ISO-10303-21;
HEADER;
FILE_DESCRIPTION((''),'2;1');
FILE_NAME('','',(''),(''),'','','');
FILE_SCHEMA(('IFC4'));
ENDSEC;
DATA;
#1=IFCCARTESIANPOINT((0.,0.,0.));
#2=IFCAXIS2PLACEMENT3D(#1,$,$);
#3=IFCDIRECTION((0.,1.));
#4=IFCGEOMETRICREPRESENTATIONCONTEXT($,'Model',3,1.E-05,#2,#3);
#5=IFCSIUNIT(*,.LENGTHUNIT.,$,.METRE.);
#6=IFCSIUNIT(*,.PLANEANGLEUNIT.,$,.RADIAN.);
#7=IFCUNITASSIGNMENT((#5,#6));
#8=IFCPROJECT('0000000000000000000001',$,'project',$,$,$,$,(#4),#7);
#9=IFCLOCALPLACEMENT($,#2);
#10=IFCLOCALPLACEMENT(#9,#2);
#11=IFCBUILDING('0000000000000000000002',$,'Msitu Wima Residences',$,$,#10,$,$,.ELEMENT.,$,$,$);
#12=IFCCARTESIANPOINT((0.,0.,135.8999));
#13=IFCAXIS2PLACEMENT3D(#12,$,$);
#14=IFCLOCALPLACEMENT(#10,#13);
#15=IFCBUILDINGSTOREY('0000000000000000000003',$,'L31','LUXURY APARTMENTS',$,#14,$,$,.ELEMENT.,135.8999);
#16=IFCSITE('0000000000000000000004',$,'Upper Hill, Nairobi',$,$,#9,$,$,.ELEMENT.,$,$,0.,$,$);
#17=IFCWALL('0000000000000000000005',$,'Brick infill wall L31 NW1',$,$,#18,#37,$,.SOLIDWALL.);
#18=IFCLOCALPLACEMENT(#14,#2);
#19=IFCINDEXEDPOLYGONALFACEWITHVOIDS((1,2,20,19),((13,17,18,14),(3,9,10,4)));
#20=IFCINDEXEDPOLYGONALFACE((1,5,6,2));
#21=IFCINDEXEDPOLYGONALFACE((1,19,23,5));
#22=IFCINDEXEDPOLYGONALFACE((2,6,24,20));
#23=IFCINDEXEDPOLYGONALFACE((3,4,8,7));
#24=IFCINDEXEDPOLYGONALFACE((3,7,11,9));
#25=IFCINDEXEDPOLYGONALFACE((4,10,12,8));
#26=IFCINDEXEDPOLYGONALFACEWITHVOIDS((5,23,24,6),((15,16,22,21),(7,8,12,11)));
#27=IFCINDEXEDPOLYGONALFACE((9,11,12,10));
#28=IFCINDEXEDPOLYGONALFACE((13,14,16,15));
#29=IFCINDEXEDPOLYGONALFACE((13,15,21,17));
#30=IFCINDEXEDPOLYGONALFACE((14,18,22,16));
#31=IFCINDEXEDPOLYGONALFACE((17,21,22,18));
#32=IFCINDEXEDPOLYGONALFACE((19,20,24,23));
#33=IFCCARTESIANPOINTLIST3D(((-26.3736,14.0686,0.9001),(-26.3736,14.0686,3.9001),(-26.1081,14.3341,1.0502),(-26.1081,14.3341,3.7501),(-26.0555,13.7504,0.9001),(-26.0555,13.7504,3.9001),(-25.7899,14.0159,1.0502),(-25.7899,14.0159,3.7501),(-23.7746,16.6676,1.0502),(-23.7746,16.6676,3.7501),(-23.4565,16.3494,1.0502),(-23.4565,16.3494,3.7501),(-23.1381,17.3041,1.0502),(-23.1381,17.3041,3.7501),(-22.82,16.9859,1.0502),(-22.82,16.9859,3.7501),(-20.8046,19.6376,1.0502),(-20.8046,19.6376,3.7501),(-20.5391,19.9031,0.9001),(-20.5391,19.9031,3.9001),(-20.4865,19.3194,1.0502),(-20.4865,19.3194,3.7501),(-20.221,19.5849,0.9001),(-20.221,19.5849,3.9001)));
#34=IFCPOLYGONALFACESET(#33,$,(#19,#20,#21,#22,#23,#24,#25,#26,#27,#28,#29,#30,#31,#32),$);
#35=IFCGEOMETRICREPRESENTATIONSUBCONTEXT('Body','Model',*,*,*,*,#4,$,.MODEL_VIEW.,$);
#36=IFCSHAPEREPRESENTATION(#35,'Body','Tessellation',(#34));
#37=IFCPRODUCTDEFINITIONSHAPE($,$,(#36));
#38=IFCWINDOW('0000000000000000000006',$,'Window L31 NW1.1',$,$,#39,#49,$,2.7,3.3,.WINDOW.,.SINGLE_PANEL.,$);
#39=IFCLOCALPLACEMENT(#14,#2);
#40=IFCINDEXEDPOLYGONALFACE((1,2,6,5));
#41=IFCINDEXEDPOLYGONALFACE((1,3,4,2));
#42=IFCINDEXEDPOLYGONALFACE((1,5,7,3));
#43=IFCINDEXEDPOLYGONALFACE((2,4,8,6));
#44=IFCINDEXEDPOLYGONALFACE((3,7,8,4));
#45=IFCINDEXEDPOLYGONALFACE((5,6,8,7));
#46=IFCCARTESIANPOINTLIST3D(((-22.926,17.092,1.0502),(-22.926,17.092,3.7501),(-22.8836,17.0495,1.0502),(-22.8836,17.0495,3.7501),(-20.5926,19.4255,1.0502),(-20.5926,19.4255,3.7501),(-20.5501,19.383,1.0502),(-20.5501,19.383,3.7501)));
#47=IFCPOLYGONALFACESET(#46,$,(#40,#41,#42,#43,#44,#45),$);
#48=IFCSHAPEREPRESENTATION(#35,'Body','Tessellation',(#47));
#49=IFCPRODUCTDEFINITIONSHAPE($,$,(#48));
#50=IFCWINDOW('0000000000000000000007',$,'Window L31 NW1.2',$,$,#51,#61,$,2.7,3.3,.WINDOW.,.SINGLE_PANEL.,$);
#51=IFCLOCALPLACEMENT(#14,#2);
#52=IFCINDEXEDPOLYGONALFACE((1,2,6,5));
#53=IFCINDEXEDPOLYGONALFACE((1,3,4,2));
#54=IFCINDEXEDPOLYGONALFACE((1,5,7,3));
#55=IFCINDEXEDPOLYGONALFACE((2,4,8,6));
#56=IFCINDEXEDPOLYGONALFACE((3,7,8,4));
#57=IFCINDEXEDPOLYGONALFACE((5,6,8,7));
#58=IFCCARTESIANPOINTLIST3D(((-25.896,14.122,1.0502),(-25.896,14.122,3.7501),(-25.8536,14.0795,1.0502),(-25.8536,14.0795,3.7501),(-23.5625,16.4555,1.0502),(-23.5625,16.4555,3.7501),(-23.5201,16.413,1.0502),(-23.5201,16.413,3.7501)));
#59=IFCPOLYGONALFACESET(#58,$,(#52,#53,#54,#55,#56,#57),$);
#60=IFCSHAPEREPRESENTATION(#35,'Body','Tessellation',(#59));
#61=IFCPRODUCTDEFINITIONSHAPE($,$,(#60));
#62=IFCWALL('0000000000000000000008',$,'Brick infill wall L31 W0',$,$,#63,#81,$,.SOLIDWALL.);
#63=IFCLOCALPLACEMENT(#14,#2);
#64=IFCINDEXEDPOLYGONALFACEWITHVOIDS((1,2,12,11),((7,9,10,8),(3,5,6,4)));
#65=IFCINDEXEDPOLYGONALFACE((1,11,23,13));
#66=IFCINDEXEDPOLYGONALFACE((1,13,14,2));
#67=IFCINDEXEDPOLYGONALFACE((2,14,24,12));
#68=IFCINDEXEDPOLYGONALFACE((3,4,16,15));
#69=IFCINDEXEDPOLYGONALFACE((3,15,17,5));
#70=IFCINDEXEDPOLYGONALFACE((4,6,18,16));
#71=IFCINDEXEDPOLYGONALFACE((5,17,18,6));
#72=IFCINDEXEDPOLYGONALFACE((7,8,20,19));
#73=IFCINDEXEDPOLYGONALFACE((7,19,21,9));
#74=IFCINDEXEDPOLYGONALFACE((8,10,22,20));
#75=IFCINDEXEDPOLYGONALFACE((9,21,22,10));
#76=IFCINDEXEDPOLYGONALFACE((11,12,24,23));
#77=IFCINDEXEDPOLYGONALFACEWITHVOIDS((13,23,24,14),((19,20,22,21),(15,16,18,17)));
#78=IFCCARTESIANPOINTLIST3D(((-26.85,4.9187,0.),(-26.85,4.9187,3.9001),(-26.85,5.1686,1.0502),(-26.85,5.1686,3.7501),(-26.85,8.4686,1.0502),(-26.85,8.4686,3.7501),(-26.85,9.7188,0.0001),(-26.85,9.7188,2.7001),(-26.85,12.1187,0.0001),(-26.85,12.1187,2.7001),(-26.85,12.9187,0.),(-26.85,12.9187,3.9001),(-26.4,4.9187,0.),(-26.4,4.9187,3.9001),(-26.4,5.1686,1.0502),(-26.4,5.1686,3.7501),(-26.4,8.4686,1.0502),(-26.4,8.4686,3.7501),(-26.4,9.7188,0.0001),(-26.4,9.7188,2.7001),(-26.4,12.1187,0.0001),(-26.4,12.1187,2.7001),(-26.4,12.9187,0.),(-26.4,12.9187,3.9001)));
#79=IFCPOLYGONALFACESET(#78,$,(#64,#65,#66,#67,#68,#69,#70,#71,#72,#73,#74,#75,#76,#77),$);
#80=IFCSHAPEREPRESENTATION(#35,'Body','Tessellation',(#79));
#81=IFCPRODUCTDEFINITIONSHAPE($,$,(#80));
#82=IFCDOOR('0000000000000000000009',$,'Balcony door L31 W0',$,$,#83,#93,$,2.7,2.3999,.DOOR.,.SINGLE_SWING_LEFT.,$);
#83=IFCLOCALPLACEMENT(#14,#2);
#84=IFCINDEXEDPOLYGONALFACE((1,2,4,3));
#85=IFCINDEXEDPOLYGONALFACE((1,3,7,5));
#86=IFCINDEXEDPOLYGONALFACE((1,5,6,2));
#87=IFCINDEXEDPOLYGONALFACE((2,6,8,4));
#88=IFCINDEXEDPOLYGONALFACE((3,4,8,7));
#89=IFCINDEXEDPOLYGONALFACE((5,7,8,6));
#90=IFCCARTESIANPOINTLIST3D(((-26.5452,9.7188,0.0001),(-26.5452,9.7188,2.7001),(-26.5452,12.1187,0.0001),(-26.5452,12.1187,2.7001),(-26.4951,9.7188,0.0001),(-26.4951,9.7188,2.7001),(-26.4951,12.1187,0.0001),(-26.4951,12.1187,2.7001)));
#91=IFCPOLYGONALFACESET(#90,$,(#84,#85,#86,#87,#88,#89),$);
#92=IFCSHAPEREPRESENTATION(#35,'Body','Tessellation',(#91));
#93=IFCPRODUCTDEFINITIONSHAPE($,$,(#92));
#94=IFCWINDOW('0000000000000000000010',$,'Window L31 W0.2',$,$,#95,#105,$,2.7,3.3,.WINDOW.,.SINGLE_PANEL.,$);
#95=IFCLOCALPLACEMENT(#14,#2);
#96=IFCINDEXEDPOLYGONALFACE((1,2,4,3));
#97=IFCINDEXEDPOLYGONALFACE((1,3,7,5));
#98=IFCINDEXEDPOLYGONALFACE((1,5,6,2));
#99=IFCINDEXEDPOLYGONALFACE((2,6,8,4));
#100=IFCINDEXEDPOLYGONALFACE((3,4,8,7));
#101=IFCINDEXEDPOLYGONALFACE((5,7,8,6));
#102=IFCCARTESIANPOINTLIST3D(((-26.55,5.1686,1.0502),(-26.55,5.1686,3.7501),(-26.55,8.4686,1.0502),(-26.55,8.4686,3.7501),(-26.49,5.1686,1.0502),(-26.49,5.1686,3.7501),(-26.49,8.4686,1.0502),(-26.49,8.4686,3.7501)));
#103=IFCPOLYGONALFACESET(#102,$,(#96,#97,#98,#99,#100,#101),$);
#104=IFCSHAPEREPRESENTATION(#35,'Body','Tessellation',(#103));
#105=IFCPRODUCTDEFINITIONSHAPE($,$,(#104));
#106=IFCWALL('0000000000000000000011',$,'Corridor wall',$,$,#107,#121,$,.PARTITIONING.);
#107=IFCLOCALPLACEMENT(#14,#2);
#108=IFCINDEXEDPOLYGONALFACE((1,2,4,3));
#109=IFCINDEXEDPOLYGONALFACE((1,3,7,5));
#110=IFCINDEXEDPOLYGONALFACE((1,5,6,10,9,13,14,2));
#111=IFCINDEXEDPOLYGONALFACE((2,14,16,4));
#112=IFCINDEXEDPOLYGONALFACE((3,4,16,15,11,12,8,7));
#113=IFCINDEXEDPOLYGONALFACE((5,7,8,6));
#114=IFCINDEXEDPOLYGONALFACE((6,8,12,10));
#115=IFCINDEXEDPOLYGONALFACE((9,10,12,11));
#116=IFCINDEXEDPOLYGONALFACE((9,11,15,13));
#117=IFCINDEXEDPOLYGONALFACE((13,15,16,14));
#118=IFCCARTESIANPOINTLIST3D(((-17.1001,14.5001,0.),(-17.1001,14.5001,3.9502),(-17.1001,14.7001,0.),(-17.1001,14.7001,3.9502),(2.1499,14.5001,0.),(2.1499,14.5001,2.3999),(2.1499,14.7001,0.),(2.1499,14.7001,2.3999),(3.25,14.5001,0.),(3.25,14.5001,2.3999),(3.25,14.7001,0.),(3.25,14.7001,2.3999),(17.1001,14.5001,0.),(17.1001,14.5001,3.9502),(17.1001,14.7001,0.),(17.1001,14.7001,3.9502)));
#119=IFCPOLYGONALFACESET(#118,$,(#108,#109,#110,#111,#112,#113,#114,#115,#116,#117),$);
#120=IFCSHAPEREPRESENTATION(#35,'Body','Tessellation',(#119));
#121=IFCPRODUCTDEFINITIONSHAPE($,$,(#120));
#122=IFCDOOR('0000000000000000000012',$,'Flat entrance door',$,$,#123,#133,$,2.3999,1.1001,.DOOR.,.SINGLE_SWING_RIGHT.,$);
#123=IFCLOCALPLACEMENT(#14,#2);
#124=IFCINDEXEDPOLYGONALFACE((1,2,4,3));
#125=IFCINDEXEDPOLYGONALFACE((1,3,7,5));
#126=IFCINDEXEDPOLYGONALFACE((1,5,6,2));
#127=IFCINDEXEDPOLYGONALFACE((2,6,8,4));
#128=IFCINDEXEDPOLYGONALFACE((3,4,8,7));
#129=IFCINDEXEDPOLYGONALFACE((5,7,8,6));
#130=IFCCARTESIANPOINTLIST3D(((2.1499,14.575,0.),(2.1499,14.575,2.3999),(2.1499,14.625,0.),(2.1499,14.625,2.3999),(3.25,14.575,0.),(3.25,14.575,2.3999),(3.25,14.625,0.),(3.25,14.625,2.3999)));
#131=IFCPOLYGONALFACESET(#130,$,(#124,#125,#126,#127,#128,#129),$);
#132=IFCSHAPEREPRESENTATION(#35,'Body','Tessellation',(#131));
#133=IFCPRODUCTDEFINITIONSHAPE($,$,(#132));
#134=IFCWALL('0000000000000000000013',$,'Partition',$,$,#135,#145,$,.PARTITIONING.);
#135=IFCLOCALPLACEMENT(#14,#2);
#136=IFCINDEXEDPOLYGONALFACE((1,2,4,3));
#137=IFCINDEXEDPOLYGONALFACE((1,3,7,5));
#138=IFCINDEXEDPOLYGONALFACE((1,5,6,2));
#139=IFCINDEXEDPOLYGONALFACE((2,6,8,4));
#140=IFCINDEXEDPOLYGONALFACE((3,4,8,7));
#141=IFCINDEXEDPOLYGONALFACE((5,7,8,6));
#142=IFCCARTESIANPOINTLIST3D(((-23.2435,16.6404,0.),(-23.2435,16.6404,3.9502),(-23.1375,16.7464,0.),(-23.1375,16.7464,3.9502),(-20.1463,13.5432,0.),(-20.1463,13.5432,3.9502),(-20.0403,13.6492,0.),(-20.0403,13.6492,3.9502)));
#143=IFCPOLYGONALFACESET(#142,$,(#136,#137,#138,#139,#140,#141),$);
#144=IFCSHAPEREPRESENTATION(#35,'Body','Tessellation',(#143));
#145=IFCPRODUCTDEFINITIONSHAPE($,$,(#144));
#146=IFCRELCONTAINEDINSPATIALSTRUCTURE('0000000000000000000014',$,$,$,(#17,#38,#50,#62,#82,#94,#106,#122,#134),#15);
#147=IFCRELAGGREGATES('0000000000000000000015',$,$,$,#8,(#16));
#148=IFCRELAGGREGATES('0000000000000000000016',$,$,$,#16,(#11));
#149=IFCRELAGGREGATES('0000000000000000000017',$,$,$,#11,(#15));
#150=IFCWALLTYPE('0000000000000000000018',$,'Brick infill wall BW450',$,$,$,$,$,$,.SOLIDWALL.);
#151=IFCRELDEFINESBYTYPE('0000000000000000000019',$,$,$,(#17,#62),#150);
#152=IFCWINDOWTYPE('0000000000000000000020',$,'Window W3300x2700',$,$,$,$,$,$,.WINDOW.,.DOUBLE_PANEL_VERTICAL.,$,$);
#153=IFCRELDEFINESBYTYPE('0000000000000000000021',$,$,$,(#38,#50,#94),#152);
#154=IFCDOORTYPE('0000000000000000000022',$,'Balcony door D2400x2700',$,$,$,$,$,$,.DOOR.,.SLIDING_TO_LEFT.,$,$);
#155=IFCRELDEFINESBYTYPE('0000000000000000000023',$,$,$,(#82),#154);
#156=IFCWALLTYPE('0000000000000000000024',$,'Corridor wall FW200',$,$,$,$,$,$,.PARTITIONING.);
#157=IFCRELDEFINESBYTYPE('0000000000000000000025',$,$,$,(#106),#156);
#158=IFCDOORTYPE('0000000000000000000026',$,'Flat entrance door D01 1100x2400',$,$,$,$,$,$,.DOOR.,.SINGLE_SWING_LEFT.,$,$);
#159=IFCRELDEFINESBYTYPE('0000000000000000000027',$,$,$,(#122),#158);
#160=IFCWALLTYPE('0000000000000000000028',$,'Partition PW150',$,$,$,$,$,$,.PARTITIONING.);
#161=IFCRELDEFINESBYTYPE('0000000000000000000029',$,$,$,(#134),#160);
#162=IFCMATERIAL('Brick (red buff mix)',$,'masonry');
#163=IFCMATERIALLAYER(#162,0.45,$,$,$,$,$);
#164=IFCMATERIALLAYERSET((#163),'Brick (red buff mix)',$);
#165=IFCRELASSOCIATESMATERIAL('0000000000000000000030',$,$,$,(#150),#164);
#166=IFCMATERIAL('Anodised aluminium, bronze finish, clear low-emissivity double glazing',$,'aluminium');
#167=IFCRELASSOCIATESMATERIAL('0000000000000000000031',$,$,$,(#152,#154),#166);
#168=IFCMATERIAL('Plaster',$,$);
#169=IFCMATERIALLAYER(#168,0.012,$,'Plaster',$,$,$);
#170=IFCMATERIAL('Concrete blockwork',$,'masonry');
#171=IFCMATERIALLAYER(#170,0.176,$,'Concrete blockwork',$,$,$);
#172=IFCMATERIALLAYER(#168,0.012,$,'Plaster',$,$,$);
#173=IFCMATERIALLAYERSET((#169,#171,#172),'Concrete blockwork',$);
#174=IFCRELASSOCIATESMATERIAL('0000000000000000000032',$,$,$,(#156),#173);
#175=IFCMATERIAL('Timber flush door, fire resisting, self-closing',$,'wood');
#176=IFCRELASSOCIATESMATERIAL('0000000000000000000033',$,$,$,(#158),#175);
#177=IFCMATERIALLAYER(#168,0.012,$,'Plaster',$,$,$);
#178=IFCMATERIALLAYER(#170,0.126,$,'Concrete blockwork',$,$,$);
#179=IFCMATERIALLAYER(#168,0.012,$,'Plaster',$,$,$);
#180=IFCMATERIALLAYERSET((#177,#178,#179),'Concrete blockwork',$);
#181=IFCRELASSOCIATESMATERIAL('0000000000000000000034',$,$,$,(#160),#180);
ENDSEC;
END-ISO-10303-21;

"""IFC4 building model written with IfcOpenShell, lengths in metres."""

from ifc_helpers import new_model, si_unit, direction, frame, frame_2d, origin, place, context, subcontext, project, spatial, rectangle, extrude, material, layer, layer_set, type_object, element, fill, save


model = new_model("IFC4")

# Units and contexts
model_context = context("Model", 3, precision=1e-05, world=origin(), true_north=direction((0.0, 1.0)))
body_context = subcontext(model_context, "Body", "Model", "MODEL_VIEW")
ifc_project = project(units=[si_unit("LENGTHUNIT", "METRE"), si_unit("PLANEANGLEUNIT", "RADIAN")], contexts=[model_context])

# Site, building, storey
site_placement = place(None, origin())
site = spatial("IfcSite", under=ifc_project, at=site_placement, Name="Upper Hill, Nairobi", CompositionType="ELEMENT", RefElevation=0.0)
building_placement = place(site_placement, origin())
building = spatial("IfcBuilding", under=site, at=building_placement, Name="Msitu Wima Residences", CompositionType="ELEMENT")
storey_placement = place(building_placement, frame((0.0, 0.0, 135.8999)))
storey = spatial("IfcBuildingStorey", under=building, at=storey_placement, Name="L31", Description="LUXURY APARTMENTS", CompositionType="ELEMENT", Elevation=135.8999)

# Wall, openings, windows
ifc_material_1 = material(Name="Brick (red buff mix)", Category="masonry")
ifc_layer_1 = layer(ifc_material_1, 0.45)
ifc_layer_set_1 = layer_set([ifc_layer_1], Name="Brick (red buff mix)")
wall_type_1 = type_object("IfcWallType", Name="Brick infill wall BW450", PredefinedType="SOLIDWALL", material=ifc_layer_set_1)
wall_1_placement = place(storey_placement, frame((-20.3801, 19.7439, 0.9001), z_axis=(0.0, 0.0, 1.0), x_axis=(-0.707107, -0.707107, 0.0)))
wall_1 = element("IfcWall", 1, at=wall_1_placement, inside=storey, type_object=wall_type_1, Name="Brick infill wall L31 NW1", PredefinedType="SOLIDWALL", context=body_context, shape_type="SweptSolid", body=[
    extrude(rectangle(XDim=8.2512, YDim=0.45, at=frame_2d((4.1255, 0.0))), origin(), (0.0, 0.0, 1.0), 3.0),
])
opening_1_placement = place(wall_1_placement, frame((0.3755, 0.0, 0.1499)))
opening_1 = element("IfcOpeningElement", 2, at=opening_1_placement, cuts=wall_1, PredefinedType="OPENING", context=body_context, shape_type="SweptSolid", body=[
    extrude(rectangle(XDim=3.3, YDim=2.7, at=frame_2d((1.6499, 1.3501))), frame((0.0, 0.2349, 0.0), z_axis=(0.0, -1.0, 0.0), x_axis=(1.0, 0.0, 0.0)), (0.0, 0.0, 1.0), 0.47),
])
opening_2_placement = place(wall_1_placement, frame((4.5757, 0.0, 0.1499)))
opening_2 = element("IfcOpeningElement", 3, at=opening_2_placement, cuts=wall_1, PredefinedType="OPENING", context=body_context, shape_type="SweptSolid", body=[
    extrude(rectangle(XDim=3.3, YDim=2.7, at=frame_2d((1.6499, 1.3501))), frame((0.0, 0.2349, 0.0), z_axis=(0.0, -1.0, 0.0), x_axis=(1.0, 0.0, 0.0)), (0.0, 0.0, 1.0), 0.47),
])
ifc_material_2 = material(Name="Anodised aluminium, bronze finish, clear low-emissivity double glazing", Category="aluminium")
window_type = type_object("IfcWindowType", Name="Window W3300x2700", PartitioningType="DOUBLE_PANEL_VERTICAL", PredefinedType="WINDOW", material=ifc_material_2)
window_1_placement = place(opening_1_placement, origin())
window_1 = element("IfcWindow", 4, at=window_1_placement, inside=storey, type_object=window_type, Name="Window L31 NW1.1", OverallHeight=2.7, OverallWidth=3.3, PartitioningType="SINGLE_PANEL", PredefinedType="WINDOW", context=body_context, shape_type="SweptSolid", body=[
    extrude(rectangle(XDim=3.3, YDim=2.7, at=frame_2d((1.6499, 1.3501))), frame((0.0, 0.135, 0.0), z_axis=(0.0, -1.0, 0.0), x_axis=(1.0, 0.0, 0.0)), (0.0, 0.0, 1.0), 0.0601),
])
fill(opening_1, window_1)
window_2_placement = place(opening_2_placement, origin())
window_2 = element("IfcWindow", 5, at=window_2_placement, inside=storey, type_object=window_type, Name="Window L31 NW1.2", OverallHeight=2.7, OverallWidth=3.3, PartitioningType="SINGLE_PANEL", PredefinedType="WINDOW", context=body_context, shape_type="SweptSolid", body=[
    extrude(rectangle(XDim=3.3, YDim=2.7, at=frame_2d((1.6499, 1.3501))), frame((0.0, 0.135, 0.0), z_axis=(0.0, -1.0, 0.0), x_axis=(1.0, 0.0, 0.0)), (0.0, 0.0, 1.0), 0.0601),
])
fill(opening_2, window_2)

# Wall, openings, door, window
wall_2_placement = place(storey_placement, frame((-26.625, 12.9187, 0.0), z_axis=(0.0, 0.0, 1.0), x_axis=(0.0, -1.0, 0.0)))
wall_2 = element("IfcWall", 6, at=wall_2_placement, inside=storey, type_object=wall_type_1, Name="Brick infill wall L31 W0", PredefinedType="SOLIDWALL", context=body_context, shape_type="SweptSolid", body=[
    extrude(rectangle(XDim=8.0, YDim=0.45, at=frame_2d((4.0, 0.0))), origin(), (0.0, 0.0, 1.0), 3.9001),
])
opening_3_placement = place(wall_2_placement, frame((0.8, 0.0, 0.0)))
opening_3 = element("IfcOpeningElement", 7, at=opening_3_placement, cuts=wall_2, PredefinedType="OPENING", context=body_context, shape_type="SweptSolid", body=[
    extrude(rectangle(XDim=2.3999, YDim=2.7, at=frame_2d((1.2, 1.3501))), frame((0.0, 0.2349, 0.0), z_axis=(0.0, -1.0, 0.0), x_axis=(1.0, 0.0, 0.0)), (0.0, 0.0, 1.0), 0.47),
])
opening_4_placement = place(wall_2_placement, frame((4.4502, 0.0, 1.05)))
opening_4 = element("IfcOpeningElement", 8, at=opening_4_placement, cuts=wall_2, PredefinedType="OPENING", context=body_context, shape_type="SweptSolid", body=[
    extrude(rectangle(XDim=3.3, YDim=2.7, at=frame_2d((1.6499, 1.3501))), frame((0.0, 0.2349, 0.0), z_axis=(0.0, -1.0, 0.0), x_axis=(1.0, 0.0, 0.0)), (0.0, 0.0, 1.0), 0.47),
])
door_type_1 = type_object("IfcDoorType", Name="Balcony door D2400x2700", OperationType="SLIDING_TO_LEFT", PredefinedType="DOOR", material=ifc_material_2)
door_1_placement = place(opening_3_placement, origin())
door_1 = element("IfcDoor", 9, at=door_1_placement, inside=storey, type_object=door_type_1, Name="Balcony door L31 W0", OperationType="SINGLE_SWING_LEFT", OverallHeight=2.7, OverallWidth=2.3999, PredefinedType="DOOR", context=body_context, shape_type="SweptSolid", body=[
    extrude(rectangle(XDim=2.3999, YDim=2.7, at=frame_2d((1.2, 1.3501))), frame((0.0, 0.1299, 0.0), z_axis=(0.0, -1.0, 0.0), x_axis=(1.0, 0.0, 0.0)), (0.0, 0.0, 1.0), 0.05),
])
fill(opening_3, door_1)
window_3_placement = place(opening_4_placement, origin())
window_3 = element("IfcWindow", 10, at=window_3_placement, inside=storey, type_object=window_type, Name="Window L31 W0.2", OverallHeight=2.7, OverallWidth=3.3, PartitioningType="SINGLE_PANEL", PredefinedType="WINDOW", context=body_context, shape_type="SweptSolid", body=[
    extrude(rectangle(XDim=3.3, YDim=2.7, at=frame_2d((1.6499, 1.3501))), frame((0.0, 0.135, 0.0), z_axis=(0.0, -1.0, 0.0), x_axis=(1.0, 0.0, 0.0)), (0.0, 0.0, 1.0), 0.0601),
])
fill(opening_4, window_3)

# Wall, opening, door
ifc_material_3 = material(Name="Plaster")
ifc_layer_2 = layer(ifc_material_3, 0.012, Name="Plaster")
ifc_material_4 = material(Name="Concrete blockwork", Category="masonry")
ifc_layer_3 = layer(ifc_material_4, 0.176, Name="Concrete blockwork")
ifc_layer_4 = layer(ifc_material_3, 0.012, Name="Plaster")
ifc_layer_set_2 = layer_set([ifc_layer_2, ifc_layer_3, ifc_layer_4], Name="Concrete blockwork")
wall_type_2 = type_object("IfcWallType", Name="Corridor wall FW200", PredefinedType="PARTITIONING", material=ifc_layer_set_2)
wall_3_placement = place(storey_placement, frame((-17.1001, 14.6001, 0.0), z_axis=(0.0, 0.0, 1.0), x_axis=(1.0, 0.0, 0.0)))
wall_3 = element("IfcWall", 11, at=wall_3_placement, inside=storey, type_object=wall_type_2, Name="Corridor wall", PredefinedType="PARTITIONING", context=body_context, shape_type="SweptSolid", body=[
    extrude(rectangle(XDim=34.2002, YDim=0.2, at=frame_2d((17.1001, 0.0))), origin(), (0.0, 0.0, 1.0), 3.9502),
])
opening_5_placement = place(wall_3_placement, frame((19.25, 0.0, 0.0)))
opening_5 = element("IfcOpeningElement", 12, at=opening_5_placement, cuts=wall_3, PredefinedType="OPENING", context=body_context, shape_type="SweptSolid", body=[
    extrude(rectangle(XDim=1.1001, YDim=2.3999, at=frame_2d((0.55, 1.2))), frame((0.0, 0.1099, 0.0), z_axis=(0.0, -1.0, 0.0), x_axis=(1.0, 0.0, 0.0)), (0.0, 0.0, 1.0), 0.22),
])
ifc_material_5 = material(Name="Timber flush door, fire resisting, self-closing", Category="wood")
door_type_2 = type_object("IfcDoorType", Name="Flat entrance door D01 1100x2400", OperationType="SINGLE_SWING_LEFT", PredefinedType="DOOR", material=ifc_material_5)
door_2_placement = place(opening_5_placement, origin())
door_2 = element("IfcDoor", 13, at=door_2_placement, inside=storey, type_object=door_type_2, Name="Flat entrance door", OperationType="SINGLE_SWING_RIGHT", OverallHeight=2.3999, OverallWidth=1.1001, PredefinedType="DOOR", context=body_context, shape_type="SweptSolid", body=[
    extrude(rectangle(XDim=1.1001, YDim=2.3999, at=frame_2d((0.55, 1.2))), frame((0.0, 0.0249, 0.0), z_axis=(0.0, -1.0, 0.0), x_axis=(1.0, 0.0, 0.0)), (0.0, 0.0, 1.0), 0.05),
])
fill(opening_5, door_2)

# Wall
ifc_layer_5 = layer(ifc_material_3, 0.012, Name="Plaster")
ifc_layer_6 = layer(ifc_material_4, 0.126, Name="Concrete blockwork")
ifc_layer_7 = layer(ifc_material_3, 0.012, Name="Plaster")
ifc_layer_set_3 = layer_set([ifc_layer_5, ifc_layer_6, ifc_layer_7], Name="Concrete blockwork")
wall_type_3 = type_object("IfcWallType", Name="Partition PW150", PredefinedType="PARTITIONING", material=ifc_layer_set_3)
wall_4_placement = place(storey_placement, frame((-23.1904, 16.6934, 0.0), z_axis=(0.0, 0.0, 1.0), x_axis=(0.707107, -0.707107, 0.0)))
element("IfcWall", 14, at=wall_4_placement, inside=storey, type_object=wall_type_3, Name="Partition", PredefinedType="PARTITIONING", context=body_context, shape_type="SweptSolid", body=[
    extrude(rectangle(XDim=4.3801, YDim=0.1499, at=frame_2d((2.1899, 0.0))), origin(), (0.0, 0.0, 1.0), 3.9502),
])

save(model, "model.ifc")
